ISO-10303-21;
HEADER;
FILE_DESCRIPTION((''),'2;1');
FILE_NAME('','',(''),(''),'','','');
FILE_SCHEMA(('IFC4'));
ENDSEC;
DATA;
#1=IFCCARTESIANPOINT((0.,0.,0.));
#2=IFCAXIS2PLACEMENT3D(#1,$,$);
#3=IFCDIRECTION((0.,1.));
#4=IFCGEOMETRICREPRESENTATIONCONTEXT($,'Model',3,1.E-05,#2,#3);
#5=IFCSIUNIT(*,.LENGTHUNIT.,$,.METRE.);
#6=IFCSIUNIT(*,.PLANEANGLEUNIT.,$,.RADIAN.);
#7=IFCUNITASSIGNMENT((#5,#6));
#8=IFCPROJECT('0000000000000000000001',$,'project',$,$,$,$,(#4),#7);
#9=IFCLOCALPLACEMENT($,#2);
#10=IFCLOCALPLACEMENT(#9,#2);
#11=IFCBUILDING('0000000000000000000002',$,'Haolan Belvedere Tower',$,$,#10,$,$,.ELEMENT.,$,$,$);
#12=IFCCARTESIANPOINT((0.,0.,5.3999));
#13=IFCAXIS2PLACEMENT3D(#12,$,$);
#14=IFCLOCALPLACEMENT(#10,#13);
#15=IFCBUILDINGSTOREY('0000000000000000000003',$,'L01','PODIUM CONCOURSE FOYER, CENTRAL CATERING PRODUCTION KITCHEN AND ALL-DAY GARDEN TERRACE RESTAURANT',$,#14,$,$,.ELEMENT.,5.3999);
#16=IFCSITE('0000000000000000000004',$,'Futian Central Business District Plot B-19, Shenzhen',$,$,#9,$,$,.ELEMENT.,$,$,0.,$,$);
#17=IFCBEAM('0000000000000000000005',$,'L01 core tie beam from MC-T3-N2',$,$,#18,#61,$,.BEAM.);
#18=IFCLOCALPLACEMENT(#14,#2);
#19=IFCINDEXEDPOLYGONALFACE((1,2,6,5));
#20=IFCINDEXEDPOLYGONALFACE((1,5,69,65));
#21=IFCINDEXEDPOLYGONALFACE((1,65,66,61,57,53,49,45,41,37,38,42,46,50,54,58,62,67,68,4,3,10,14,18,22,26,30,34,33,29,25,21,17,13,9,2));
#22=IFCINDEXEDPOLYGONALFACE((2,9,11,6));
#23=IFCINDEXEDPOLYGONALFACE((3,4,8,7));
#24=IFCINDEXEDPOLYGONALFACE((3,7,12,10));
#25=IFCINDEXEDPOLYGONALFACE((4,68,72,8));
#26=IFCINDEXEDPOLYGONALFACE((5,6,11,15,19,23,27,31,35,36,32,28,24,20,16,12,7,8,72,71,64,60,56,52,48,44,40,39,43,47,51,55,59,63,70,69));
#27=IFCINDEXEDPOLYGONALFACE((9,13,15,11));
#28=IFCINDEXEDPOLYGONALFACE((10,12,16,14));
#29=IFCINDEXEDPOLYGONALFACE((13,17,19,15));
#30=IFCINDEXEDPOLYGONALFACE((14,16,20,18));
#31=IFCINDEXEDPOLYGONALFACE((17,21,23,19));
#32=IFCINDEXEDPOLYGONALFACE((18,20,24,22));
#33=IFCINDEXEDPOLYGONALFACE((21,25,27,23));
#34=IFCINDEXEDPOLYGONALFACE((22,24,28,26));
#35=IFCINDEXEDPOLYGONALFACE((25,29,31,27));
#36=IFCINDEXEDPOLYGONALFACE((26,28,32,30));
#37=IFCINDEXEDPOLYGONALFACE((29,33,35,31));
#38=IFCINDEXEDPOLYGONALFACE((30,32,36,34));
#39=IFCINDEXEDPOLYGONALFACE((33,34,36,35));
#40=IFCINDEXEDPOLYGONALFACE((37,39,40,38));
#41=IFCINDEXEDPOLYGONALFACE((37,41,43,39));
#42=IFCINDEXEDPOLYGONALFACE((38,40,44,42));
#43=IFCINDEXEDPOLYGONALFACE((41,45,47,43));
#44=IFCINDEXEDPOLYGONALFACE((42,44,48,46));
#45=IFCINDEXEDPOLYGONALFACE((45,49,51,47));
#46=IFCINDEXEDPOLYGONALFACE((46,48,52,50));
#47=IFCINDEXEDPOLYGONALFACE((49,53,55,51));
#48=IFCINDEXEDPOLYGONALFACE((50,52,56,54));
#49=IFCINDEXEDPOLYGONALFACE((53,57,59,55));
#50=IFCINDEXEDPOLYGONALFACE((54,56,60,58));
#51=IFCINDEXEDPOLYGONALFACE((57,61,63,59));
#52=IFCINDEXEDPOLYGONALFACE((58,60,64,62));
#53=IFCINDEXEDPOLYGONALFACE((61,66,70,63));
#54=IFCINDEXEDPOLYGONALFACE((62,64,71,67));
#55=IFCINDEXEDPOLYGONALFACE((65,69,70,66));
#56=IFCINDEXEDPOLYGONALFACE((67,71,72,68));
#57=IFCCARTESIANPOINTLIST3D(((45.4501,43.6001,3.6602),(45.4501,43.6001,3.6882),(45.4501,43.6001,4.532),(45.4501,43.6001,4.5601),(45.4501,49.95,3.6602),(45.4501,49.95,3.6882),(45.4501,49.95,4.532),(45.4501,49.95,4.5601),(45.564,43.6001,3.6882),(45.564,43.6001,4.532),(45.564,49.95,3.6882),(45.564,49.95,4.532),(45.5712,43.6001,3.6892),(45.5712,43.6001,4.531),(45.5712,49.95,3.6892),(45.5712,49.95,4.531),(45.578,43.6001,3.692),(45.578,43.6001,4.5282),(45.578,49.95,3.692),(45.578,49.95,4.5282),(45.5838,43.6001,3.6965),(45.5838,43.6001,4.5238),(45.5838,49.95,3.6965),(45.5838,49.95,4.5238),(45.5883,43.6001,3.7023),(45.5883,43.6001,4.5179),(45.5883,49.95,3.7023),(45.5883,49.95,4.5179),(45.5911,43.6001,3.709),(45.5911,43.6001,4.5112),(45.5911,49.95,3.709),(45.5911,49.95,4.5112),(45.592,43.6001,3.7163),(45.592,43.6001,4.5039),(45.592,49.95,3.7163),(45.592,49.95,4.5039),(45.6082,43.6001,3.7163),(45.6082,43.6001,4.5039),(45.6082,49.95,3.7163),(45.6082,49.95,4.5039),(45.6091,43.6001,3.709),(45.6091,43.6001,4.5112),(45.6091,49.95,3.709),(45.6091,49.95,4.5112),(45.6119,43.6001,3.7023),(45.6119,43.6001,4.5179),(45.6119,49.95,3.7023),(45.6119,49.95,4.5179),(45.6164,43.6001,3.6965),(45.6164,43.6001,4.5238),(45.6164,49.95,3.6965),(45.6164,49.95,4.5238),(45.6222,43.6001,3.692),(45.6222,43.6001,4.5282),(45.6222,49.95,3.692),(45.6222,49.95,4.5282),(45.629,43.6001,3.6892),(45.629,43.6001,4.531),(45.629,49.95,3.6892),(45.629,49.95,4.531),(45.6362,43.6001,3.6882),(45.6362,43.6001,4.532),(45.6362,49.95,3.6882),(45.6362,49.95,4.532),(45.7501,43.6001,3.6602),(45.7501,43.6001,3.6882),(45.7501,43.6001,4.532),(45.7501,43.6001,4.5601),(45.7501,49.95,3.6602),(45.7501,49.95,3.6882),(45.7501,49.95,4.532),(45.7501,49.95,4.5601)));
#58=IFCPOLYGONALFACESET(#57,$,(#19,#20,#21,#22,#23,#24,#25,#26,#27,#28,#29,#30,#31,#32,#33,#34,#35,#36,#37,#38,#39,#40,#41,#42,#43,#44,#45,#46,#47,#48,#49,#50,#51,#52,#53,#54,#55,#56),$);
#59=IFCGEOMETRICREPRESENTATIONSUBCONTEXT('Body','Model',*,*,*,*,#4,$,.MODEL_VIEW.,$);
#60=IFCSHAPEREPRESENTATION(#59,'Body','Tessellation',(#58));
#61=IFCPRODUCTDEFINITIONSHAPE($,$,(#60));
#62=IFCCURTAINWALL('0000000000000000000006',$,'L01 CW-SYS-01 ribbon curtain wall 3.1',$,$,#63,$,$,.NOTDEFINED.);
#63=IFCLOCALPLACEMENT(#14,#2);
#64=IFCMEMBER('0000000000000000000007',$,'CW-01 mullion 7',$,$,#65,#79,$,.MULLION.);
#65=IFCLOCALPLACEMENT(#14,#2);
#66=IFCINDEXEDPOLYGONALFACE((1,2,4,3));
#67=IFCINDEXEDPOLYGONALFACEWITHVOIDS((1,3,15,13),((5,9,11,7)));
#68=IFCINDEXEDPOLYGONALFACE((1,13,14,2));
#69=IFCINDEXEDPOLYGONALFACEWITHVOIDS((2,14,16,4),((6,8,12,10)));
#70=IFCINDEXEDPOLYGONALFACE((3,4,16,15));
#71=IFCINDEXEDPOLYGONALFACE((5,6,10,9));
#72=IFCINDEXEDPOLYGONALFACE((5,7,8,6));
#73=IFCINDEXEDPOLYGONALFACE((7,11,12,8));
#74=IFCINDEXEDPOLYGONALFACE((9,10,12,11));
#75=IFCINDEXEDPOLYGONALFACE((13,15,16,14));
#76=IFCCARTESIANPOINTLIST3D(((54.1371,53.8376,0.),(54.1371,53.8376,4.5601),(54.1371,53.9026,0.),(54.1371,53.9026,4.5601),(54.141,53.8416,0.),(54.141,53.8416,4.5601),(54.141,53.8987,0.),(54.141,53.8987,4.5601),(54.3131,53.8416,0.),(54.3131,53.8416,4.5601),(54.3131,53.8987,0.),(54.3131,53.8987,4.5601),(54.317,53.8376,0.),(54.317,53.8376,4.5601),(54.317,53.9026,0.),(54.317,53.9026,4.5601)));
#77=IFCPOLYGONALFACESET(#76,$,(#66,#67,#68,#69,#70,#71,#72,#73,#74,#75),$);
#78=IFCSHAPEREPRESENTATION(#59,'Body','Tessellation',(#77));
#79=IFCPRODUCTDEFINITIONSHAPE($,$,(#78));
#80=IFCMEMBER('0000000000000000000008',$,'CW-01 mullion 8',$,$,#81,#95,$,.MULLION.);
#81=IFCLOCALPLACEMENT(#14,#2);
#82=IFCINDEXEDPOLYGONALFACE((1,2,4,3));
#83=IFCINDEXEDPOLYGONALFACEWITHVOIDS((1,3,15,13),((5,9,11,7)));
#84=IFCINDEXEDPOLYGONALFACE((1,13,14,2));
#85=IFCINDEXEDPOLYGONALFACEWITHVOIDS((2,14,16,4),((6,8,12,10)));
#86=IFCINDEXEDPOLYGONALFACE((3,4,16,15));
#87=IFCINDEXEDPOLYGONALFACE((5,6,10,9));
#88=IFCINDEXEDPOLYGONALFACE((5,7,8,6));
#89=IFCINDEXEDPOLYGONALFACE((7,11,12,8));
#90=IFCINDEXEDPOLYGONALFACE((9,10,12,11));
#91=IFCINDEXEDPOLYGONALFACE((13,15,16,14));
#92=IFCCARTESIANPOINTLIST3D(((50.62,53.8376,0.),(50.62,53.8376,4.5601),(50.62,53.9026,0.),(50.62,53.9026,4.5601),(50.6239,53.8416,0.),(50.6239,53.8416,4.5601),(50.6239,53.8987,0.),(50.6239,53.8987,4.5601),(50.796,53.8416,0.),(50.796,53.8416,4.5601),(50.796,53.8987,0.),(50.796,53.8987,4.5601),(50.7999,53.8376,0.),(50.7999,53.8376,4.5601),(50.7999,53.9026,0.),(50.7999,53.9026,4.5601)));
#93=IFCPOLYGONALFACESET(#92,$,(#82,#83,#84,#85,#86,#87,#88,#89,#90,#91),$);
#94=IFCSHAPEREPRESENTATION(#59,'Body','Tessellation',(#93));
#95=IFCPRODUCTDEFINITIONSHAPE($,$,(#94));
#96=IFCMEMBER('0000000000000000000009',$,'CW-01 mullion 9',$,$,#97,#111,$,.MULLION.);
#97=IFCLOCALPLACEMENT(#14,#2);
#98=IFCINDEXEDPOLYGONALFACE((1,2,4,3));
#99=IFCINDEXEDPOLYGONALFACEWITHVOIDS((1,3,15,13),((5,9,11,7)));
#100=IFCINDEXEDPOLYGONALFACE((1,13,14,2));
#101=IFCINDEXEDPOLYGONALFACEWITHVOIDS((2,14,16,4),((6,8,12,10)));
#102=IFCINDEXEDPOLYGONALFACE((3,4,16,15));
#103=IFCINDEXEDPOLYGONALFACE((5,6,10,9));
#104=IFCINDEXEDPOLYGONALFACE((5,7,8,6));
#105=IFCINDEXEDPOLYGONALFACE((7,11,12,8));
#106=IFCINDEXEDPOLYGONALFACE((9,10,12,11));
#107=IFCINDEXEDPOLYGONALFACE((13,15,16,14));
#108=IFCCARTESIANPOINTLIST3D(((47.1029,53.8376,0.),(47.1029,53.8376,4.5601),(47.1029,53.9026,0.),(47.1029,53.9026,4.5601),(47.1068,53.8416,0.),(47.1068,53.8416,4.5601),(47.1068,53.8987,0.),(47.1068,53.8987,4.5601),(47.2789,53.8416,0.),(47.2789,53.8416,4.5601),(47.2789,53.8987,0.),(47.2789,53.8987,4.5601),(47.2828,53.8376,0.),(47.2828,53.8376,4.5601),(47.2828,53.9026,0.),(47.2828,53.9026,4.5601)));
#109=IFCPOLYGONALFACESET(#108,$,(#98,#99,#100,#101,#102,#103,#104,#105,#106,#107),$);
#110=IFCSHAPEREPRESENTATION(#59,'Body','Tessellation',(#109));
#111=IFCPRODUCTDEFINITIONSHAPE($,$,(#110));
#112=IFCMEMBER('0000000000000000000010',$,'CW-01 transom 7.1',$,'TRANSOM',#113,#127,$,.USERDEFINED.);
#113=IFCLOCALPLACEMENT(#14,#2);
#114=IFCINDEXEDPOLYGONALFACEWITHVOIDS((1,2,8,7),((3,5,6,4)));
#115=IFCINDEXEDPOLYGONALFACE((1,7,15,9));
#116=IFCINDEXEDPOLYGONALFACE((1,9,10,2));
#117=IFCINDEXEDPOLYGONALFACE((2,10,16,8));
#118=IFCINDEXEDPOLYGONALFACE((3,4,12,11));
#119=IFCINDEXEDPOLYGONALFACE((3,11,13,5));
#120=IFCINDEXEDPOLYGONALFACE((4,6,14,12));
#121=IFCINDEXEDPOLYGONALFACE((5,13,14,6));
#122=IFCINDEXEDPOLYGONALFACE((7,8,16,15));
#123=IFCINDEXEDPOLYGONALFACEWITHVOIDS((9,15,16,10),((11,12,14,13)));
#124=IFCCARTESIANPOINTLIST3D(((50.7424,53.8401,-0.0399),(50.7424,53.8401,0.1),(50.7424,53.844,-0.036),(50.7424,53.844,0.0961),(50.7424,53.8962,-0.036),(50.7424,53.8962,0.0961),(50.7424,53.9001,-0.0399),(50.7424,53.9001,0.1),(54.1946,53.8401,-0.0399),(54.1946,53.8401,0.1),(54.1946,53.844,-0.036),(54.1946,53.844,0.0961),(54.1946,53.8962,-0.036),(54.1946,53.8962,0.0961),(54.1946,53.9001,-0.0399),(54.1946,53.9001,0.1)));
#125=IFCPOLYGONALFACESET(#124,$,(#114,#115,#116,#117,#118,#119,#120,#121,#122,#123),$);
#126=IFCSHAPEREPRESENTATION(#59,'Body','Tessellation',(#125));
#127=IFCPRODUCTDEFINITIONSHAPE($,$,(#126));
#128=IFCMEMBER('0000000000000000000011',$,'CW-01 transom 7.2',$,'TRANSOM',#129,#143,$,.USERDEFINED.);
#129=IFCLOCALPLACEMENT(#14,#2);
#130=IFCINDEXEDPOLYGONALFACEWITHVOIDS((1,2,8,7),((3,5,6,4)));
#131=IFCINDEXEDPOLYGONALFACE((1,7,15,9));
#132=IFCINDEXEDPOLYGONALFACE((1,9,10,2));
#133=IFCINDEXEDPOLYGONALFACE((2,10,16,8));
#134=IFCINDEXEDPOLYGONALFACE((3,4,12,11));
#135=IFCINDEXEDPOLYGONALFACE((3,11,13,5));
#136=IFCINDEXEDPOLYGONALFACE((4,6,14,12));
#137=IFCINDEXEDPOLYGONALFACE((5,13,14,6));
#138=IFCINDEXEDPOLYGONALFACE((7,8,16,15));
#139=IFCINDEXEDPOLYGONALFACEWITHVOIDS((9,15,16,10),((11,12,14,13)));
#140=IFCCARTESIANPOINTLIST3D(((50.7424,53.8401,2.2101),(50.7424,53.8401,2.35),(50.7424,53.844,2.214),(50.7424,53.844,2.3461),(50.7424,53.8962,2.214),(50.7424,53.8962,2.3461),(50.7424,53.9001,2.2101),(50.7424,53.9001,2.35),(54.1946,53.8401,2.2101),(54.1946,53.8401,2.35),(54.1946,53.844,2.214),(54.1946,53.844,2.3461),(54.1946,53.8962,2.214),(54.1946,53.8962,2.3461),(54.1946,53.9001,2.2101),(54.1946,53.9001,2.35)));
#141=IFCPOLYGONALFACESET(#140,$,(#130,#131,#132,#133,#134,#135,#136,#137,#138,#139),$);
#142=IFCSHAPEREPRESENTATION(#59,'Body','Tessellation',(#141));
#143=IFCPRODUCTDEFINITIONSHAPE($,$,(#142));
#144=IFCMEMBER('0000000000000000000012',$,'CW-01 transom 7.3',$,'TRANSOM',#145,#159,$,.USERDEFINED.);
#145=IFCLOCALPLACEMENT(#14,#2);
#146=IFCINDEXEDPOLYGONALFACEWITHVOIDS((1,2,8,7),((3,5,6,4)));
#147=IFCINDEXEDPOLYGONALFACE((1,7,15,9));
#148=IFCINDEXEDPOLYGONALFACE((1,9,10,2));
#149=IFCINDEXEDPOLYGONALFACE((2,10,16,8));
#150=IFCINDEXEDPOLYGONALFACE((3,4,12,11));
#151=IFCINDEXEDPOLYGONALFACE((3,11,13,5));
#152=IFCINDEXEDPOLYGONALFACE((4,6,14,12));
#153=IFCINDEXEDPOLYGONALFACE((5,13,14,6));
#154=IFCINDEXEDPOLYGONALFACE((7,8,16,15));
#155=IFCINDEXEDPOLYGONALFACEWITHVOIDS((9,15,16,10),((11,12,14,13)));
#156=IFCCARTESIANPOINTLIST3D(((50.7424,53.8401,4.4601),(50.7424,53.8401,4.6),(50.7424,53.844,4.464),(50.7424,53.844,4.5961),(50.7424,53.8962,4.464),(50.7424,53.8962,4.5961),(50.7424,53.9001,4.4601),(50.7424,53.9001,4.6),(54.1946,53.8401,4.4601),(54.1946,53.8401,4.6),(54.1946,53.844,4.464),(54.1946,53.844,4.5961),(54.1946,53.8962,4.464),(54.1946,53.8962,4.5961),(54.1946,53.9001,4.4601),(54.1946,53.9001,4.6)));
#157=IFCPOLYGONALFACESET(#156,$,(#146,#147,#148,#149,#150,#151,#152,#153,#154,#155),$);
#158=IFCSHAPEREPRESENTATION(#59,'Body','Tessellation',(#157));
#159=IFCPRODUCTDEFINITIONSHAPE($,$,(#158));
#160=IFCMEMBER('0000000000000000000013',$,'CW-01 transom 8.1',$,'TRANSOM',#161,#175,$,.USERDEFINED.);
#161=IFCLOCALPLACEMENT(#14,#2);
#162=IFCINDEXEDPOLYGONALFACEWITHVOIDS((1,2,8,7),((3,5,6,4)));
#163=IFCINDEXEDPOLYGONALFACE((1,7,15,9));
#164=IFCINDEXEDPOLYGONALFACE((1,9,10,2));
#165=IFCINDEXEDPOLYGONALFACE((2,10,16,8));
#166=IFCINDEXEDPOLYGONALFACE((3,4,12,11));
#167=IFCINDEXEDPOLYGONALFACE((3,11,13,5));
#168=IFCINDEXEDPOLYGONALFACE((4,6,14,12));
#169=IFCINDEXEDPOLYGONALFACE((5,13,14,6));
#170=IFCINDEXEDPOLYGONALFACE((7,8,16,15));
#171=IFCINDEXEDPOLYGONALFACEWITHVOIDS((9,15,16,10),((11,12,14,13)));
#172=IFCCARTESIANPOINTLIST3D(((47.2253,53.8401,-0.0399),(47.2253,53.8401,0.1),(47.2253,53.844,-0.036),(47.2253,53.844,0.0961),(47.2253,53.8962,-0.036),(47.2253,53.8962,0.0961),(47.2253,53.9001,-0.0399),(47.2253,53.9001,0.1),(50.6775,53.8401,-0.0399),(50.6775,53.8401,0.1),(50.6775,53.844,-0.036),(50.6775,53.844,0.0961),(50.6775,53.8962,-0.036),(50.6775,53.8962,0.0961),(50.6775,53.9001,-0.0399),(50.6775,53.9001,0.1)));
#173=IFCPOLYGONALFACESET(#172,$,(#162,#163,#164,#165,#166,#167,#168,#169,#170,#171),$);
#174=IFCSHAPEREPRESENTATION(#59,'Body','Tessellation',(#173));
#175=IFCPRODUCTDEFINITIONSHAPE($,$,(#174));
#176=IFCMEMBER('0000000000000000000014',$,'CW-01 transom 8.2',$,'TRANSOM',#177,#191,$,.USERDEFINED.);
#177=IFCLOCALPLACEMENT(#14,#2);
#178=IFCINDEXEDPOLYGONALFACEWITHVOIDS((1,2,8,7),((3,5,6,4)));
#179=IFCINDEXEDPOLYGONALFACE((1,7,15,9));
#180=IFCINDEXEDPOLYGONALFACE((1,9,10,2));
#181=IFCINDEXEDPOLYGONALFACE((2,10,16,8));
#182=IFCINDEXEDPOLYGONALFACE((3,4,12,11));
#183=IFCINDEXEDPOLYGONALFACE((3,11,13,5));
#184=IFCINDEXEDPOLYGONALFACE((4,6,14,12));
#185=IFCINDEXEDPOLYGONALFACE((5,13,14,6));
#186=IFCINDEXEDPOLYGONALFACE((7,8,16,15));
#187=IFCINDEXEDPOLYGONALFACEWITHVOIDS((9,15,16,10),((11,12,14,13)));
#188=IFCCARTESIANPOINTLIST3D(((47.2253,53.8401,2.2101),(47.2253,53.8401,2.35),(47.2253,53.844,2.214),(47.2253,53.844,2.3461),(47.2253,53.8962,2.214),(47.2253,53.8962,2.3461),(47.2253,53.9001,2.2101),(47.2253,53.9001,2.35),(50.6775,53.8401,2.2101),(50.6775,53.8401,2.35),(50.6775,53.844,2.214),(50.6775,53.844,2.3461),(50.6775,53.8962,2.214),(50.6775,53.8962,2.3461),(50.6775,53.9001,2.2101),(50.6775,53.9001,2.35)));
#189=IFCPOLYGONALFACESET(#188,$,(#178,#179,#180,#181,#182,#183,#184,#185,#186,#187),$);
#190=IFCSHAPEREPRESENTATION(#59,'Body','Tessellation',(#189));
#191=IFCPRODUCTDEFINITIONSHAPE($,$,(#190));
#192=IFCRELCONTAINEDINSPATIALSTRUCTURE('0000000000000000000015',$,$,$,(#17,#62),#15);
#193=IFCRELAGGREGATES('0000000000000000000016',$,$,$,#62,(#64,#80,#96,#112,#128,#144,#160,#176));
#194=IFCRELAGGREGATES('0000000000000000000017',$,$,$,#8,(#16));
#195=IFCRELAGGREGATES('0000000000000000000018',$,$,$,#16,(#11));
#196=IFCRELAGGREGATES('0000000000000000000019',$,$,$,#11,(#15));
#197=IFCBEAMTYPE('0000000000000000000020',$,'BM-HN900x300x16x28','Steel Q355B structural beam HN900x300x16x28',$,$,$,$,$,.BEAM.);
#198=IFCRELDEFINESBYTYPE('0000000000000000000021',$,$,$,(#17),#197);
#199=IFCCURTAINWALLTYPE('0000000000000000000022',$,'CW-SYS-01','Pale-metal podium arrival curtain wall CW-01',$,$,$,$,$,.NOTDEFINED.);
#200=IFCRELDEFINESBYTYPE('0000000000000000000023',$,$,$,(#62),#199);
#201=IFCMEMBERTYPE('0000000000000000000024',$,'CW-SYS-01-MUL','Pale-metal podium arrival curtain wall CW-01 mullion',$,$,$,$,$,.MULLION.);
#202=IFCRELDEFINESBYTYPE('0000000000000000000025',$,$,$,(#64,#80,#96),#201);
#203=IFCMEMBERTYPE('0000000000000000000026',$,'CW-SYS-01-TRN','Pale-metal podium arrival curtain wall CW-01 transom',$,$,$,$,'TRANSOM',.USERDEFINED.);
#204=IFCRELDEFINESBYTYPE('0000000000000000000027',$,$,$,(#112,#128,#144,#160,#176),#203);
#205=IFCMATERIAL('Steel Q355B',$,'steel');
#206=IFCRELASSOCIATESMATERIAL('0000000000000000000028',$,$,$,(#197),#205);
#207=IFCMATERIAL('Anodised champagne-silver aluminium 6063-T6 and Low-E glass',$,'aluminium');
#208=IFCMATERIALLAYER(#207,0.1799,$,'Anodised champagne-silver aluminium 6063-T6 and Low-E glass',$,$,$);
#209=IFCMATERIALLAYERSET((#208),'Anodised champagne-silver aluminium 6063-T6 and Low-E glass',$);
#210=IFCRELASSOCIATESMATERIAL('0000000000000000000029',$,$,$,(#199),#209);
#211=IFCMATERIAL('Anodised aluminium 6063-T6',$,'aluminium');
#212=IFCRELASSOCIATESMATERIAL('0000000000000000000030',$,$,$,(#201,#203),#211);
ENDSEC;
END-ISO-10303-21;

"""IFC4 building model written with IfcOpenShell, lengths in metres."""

from ifc_helpers import new_model, si_unit, direction, frame, origin, origin_2d, place, context, subcontext, project, spatial, hollow_rectangle, i_section, extrude, material, layer, layer_set, material_profile, profile_set, type_object, element, aggregate, save


model = new_model("IFC4")

# Units and contexts
model_context = context("Model", 3, precision=1e-05, world=origin(), true_north=direction((0.0, 1.0)))
body_context = subcontext(model_context, "Body", "Model", "MODEL_VIEW")
ifc_project = project(units=[si_unit("LENGTHUNIT", "METRE"), si_unit("PLANEANGLEUNIT", "RADIAN")], contexts=[model_context])

# Site, building, storey
site_placement = place(None, origin())
site = spatial("IfcSite", under=ifc_project, at=site_placement, Name="Futian Central Business District Plot B-19, Shenzhen", CompositionType="ELEMENT", RefElevation=0.0)
building_placement = place(site_placement, origin())
building = spatial("IfcBuilding", under=site, at=building_placement, Name="Haolan Belvedere Tower", CompositionType="ELEMENT")
storey_placement = place(building_placement, frame((0.0, 0.0, 5.3999)))
storey = spatial("IfcBuildingStorey", under=building, at=storey_placement, Name="L01", Description="PODIUM CONCOURSE FOYER, CENTRAL CATERING PRODUCTION KITCHEN AND ALL-DAY GARDEN TERRACE RESTAURANT", CompositionType="ELEMENT", Elevation=5.3999)

# Shared definitions
ifc_material_1 = material(Name="Steel Q355B", Category="steel")

# Beam
ifc_material_profile_1 = material_profile(ifc_material_1, i_section(OverallWidth=0.3, OverallDepth=0.8999, WebThickness=0.0161, FlangeThickness=0.0281, FilletRadius=0.0281, at=origin_2d()), Name="Steel Q355B")
ifc_profile_set_1 = profile_set([ifc_material_profile_1], Name="Steel Q355B")
beam_type_1 = type_object("IfcBeamType", Name="BM-HN900x300x16x28", Description="Steel Q355B structural beam HN900x300x16x28", PredefinedType="BEAM", material=ifc_profile_set_1)
beam_1_placement = place(storey_placement, frame((45.6001, 49.95, 4.1101), z_axis=(0.0, -1.0, 0.0), x_axis=(1.0, 0.0, 0.0)))
element("IfcBeam", 1, at=beam_1_placement, inside=storey, type_object=beam_type_1, Name="L01 core tie beam from MC-T3-N2", PredefinedType="BEAM", context=body_context, shape_type="SweptSolid", body=[
    extrude(i_section(OverallWidth=0.3, OverallDepth=0.8999, WebThickness=0.0161, FlangeThickness=0.0281, FilletRadius=0.0281, at=origin_2d()), origin(), (0.0, 0.0, 1.0), 6.3499),
])

# Curtain wall, members
ifc_material_2 = material(Name="Anodised champagne-silver aluminium 6063-T6 and Low-E glass", Category="aluminium")
ifc_layer_1 = layer(ifc_material_2, 0.1799, Name="Anodised champagne-silver aluminium 6063-T6 and Low-E glass")
ifc_layer_set_1 = layer_set([ifc_layer_1], Name="Anodised champagne-silver aluminium 6063-T6 and Low-E glass")
curtain_wall_type = type_object("IfcCurtainWallType", Name="CW-SYS-01", Description="Pale-metal podium arrival curtain wall CW-01", PredefinedType="NOTDEFINED", material=ifc_layer_set_1)
curtain_wall_placement = place(storey_placement, origin())
curtain_wall = element("IfcCurtainWall", 2, at=curtain_wall_placement, inside=storey, type_object=curtain_wall_type, Name="L01 CW-SYS-01 ribbon curtain wall 3.1", PredefinedType="NOTDEFINED")
ifc_material_3 = material(Name="Anodised aluminium 6063-T6", Category="aluminium")
ifc_material_profile_2 = material_profile(ifc_material_3, hollow_rectangle(XDim=0.0649, YDim=0.1799, WallThickness=0.0039, at=origin_2d()), Name="Anodised aluminium 6063-T6")
ifc_profile_set_2 = profile_set([ifc_material_profile_2], Name="Anodised aluminium 6063-T6")
member_type_1 = type_object("IfcMemberType", Name="CW-SYS-01-MUL", Description="Pale-metal podium arrival curtain wall CW-01 mullion", PredefinedType="MULLION", material=ifc_profile_set_2)
member_1_placement = place(storey_placement, frame((54.2271, 53.8701, 0.0), z_axis=(0.0, 0.0, 1.0), x_axis=(0.0, -1.0, 0.0)))
member_1 = element("IfcMember", 3, at=member_1_placement, type_object=member_type_1, Name="CW-01 mullion 7", PredefinedType="MULLION", context=body_context, shape_type="SweptSolid", body=[
    extrude(hollow_rectangle(XDim=0.0649, YDim=0.1799, WallThickness=0.0039, at=origin_2d()), origin(), (0.0, 0.0, 1.0), 4.5601),
])
member_2_placement = place(storey_placement, frame((50.71, 53.8701, 0.0), z_axis=(0.0, 0.0, 1.0), x_axis=(0.0, -1.0, 0.0)))
member_2 = element("IfcMember", 4, at=member_2_placement, type_object=member_type_1, Name="CW-01 mullion 8", PredefinedType="MULLION", context=body_context, shape_type="SweptSolid", body=[
    extrude(hollow_rectangle(XDim=0.0649, YDim=0.1799, WallThickness=0.0039, at=origin_2d()), origin(), (0.0, 0.0, 1.0), 4.5601),
])
member_3_placement = place(storey_placement, frame((47.1929, 53.8701, 0.0), z_axis=(0.0, 0.0, 1.0), x_axis=(0.0, -1.0, 0.0)))
member_3 = element("IfcMember", 5, at=member_3_placement, type_object=member_type_1, Name="CW-01 mullion 9", PredefinedType="MULLION", context=body_context, shape_type="SweptSolid", body=[
    extrude(hollow_rectangle(XDim=0.0649, YDim=0.1799, WallThickness=0.0039, at=origin_2d()), origin(), (0.0, 0.0, 1.0), 4.5601),
])
ifc_material_profile_3 = material_profile(ifc_material_3, hollow_rectangle(XDim=0.0601, YDim=0.1399, WallThickness=0.0039, at=origin_2d()), Name="Anodised aluminium 6063-T6")
ifc_profile_set_3 = profile_set([ifc_material_profile_3], Name="Anodised aluminium 6063-T6")
member_type_2 = type_object("IfcMemberType", Name="CW-SYS-01-TRN", Description="Pale-metal podium arrival curtain wall CW-01 transom", ElementType="TRANSOM", PredefinedType="USERDEFINED", material=ifc_profile_set_3)
member_4_placement = place(storey_placement, frame((54.1946, 53.8701, 0.03), z_axis=(-1.0, 0.0, 0.0), x_axis=(0.0, -1.0, 0.0)))
member_4 = element("IfcMember", 6, at=member_4_placement, type_object=member_type_2, Name="CW-01 transom 7.1", ObjectType="TRANSOM", PredefinedType="USERDEFINED", context=body_context, shape_type="SweptSolid", body=[
    extrude(hollow_rectangle(XDim=0.0601, YDim=0.1399, WallThickness=0.0039, at=origin_2d()), origin(), (0.0, 0.0, 1.0), 3.4521),
])
member_5_placement = place(storey_placement, frame((54.1946, 53.8701, 2.28), z_axis=(-1.0, 0.0, 0.0), x_axis=(0.0, -1.0, 0.0)))
member_5 = element("IfcMember", 7, at=member_5_placement, type_object=member_type_2, Name="CW-01 transom 7.2", ObjectType="TRANSOM", PredefinedType="USERDEFINED", context=body_context, shape_type="SweptSolid", body=[
    extrude(hollow_rectangle(XDim=0.0601, YDim=0.1399, WallThickness=0.0039, at=origin_2d()), origin(), (0.0, 0.0, 1.0), 3.4521),
])
member_6_placement = place(storey_placement, frame((54.1946, 53.8701, 4.53), z_axis=(-1.0, 0.0, 0.0), x_axis=(0.0, -1.0, 0.0)))
member_6 = element("IfcMember", 8, at=member_6_placement, type_object=member_type_2, Name="CW-01 transom 7.3", ObjectType="TRANSOM", PredefinedType="USERDEFINED", context=body_context, shape_type="SweptSolid", body=[
    extrude(hollow_rectangle(XDim=0.0601, YDim=0.1399, WallThickness=0.0039, at=origin_2d()), origin(), (0.0, 0.0, 1.0), 3.4521),
])
member_7_placement = place(storey_placement, frame((50.6775, 53.8701, 0.03), z_axis=(-1.0, 0.0, 0.0), x_axis=(0.0, -1.0, 0.0)))
member_7 = element("IfcMember", 9, at=member_7_placement, type_object=member_type_2, Name="CW-01 transom 8.1", ObjectType="TRANSOM", PredefinedType="USERDEFINED", context=body_context, shape_type="SweptSolid", body=[
    extrude(hollow_rectangle(XDim=0.0601, YDim=0.1399, WallThickness=0.0039, at=origin_2d()), origin(), (0.0, 0.0, 1.0), 3.4521),
])
member_8_placement = place(storey_placement, frame((50.6775, 53.8701, 2.28), z_axis=(-1.0, 0.0, 0.0), x_axis=(0.0, -1.0, 0.0)))
member_8 = element("IfcMember", 10, at=member_8_placement, type_object=member_type_2, Name="CW-01 transom 8.2", ObjectType="TRANSOM", PredefinedType="USERDEFINED", context=body_context, shape_type="SweptSolid", body=[
    extrude(hollow_rectangle(XDim=0.0601, YDim=0.1399, WallThickness=0.0039, at=origin_2d()), origin(), (0.0, 0.0, 1.0), 3.4521),
])
aggregate(curtain_wall, [member_1, member_2, member_3, member_4, member_5, member_6, member_7, member_8])

save(model, "model.ifc")
